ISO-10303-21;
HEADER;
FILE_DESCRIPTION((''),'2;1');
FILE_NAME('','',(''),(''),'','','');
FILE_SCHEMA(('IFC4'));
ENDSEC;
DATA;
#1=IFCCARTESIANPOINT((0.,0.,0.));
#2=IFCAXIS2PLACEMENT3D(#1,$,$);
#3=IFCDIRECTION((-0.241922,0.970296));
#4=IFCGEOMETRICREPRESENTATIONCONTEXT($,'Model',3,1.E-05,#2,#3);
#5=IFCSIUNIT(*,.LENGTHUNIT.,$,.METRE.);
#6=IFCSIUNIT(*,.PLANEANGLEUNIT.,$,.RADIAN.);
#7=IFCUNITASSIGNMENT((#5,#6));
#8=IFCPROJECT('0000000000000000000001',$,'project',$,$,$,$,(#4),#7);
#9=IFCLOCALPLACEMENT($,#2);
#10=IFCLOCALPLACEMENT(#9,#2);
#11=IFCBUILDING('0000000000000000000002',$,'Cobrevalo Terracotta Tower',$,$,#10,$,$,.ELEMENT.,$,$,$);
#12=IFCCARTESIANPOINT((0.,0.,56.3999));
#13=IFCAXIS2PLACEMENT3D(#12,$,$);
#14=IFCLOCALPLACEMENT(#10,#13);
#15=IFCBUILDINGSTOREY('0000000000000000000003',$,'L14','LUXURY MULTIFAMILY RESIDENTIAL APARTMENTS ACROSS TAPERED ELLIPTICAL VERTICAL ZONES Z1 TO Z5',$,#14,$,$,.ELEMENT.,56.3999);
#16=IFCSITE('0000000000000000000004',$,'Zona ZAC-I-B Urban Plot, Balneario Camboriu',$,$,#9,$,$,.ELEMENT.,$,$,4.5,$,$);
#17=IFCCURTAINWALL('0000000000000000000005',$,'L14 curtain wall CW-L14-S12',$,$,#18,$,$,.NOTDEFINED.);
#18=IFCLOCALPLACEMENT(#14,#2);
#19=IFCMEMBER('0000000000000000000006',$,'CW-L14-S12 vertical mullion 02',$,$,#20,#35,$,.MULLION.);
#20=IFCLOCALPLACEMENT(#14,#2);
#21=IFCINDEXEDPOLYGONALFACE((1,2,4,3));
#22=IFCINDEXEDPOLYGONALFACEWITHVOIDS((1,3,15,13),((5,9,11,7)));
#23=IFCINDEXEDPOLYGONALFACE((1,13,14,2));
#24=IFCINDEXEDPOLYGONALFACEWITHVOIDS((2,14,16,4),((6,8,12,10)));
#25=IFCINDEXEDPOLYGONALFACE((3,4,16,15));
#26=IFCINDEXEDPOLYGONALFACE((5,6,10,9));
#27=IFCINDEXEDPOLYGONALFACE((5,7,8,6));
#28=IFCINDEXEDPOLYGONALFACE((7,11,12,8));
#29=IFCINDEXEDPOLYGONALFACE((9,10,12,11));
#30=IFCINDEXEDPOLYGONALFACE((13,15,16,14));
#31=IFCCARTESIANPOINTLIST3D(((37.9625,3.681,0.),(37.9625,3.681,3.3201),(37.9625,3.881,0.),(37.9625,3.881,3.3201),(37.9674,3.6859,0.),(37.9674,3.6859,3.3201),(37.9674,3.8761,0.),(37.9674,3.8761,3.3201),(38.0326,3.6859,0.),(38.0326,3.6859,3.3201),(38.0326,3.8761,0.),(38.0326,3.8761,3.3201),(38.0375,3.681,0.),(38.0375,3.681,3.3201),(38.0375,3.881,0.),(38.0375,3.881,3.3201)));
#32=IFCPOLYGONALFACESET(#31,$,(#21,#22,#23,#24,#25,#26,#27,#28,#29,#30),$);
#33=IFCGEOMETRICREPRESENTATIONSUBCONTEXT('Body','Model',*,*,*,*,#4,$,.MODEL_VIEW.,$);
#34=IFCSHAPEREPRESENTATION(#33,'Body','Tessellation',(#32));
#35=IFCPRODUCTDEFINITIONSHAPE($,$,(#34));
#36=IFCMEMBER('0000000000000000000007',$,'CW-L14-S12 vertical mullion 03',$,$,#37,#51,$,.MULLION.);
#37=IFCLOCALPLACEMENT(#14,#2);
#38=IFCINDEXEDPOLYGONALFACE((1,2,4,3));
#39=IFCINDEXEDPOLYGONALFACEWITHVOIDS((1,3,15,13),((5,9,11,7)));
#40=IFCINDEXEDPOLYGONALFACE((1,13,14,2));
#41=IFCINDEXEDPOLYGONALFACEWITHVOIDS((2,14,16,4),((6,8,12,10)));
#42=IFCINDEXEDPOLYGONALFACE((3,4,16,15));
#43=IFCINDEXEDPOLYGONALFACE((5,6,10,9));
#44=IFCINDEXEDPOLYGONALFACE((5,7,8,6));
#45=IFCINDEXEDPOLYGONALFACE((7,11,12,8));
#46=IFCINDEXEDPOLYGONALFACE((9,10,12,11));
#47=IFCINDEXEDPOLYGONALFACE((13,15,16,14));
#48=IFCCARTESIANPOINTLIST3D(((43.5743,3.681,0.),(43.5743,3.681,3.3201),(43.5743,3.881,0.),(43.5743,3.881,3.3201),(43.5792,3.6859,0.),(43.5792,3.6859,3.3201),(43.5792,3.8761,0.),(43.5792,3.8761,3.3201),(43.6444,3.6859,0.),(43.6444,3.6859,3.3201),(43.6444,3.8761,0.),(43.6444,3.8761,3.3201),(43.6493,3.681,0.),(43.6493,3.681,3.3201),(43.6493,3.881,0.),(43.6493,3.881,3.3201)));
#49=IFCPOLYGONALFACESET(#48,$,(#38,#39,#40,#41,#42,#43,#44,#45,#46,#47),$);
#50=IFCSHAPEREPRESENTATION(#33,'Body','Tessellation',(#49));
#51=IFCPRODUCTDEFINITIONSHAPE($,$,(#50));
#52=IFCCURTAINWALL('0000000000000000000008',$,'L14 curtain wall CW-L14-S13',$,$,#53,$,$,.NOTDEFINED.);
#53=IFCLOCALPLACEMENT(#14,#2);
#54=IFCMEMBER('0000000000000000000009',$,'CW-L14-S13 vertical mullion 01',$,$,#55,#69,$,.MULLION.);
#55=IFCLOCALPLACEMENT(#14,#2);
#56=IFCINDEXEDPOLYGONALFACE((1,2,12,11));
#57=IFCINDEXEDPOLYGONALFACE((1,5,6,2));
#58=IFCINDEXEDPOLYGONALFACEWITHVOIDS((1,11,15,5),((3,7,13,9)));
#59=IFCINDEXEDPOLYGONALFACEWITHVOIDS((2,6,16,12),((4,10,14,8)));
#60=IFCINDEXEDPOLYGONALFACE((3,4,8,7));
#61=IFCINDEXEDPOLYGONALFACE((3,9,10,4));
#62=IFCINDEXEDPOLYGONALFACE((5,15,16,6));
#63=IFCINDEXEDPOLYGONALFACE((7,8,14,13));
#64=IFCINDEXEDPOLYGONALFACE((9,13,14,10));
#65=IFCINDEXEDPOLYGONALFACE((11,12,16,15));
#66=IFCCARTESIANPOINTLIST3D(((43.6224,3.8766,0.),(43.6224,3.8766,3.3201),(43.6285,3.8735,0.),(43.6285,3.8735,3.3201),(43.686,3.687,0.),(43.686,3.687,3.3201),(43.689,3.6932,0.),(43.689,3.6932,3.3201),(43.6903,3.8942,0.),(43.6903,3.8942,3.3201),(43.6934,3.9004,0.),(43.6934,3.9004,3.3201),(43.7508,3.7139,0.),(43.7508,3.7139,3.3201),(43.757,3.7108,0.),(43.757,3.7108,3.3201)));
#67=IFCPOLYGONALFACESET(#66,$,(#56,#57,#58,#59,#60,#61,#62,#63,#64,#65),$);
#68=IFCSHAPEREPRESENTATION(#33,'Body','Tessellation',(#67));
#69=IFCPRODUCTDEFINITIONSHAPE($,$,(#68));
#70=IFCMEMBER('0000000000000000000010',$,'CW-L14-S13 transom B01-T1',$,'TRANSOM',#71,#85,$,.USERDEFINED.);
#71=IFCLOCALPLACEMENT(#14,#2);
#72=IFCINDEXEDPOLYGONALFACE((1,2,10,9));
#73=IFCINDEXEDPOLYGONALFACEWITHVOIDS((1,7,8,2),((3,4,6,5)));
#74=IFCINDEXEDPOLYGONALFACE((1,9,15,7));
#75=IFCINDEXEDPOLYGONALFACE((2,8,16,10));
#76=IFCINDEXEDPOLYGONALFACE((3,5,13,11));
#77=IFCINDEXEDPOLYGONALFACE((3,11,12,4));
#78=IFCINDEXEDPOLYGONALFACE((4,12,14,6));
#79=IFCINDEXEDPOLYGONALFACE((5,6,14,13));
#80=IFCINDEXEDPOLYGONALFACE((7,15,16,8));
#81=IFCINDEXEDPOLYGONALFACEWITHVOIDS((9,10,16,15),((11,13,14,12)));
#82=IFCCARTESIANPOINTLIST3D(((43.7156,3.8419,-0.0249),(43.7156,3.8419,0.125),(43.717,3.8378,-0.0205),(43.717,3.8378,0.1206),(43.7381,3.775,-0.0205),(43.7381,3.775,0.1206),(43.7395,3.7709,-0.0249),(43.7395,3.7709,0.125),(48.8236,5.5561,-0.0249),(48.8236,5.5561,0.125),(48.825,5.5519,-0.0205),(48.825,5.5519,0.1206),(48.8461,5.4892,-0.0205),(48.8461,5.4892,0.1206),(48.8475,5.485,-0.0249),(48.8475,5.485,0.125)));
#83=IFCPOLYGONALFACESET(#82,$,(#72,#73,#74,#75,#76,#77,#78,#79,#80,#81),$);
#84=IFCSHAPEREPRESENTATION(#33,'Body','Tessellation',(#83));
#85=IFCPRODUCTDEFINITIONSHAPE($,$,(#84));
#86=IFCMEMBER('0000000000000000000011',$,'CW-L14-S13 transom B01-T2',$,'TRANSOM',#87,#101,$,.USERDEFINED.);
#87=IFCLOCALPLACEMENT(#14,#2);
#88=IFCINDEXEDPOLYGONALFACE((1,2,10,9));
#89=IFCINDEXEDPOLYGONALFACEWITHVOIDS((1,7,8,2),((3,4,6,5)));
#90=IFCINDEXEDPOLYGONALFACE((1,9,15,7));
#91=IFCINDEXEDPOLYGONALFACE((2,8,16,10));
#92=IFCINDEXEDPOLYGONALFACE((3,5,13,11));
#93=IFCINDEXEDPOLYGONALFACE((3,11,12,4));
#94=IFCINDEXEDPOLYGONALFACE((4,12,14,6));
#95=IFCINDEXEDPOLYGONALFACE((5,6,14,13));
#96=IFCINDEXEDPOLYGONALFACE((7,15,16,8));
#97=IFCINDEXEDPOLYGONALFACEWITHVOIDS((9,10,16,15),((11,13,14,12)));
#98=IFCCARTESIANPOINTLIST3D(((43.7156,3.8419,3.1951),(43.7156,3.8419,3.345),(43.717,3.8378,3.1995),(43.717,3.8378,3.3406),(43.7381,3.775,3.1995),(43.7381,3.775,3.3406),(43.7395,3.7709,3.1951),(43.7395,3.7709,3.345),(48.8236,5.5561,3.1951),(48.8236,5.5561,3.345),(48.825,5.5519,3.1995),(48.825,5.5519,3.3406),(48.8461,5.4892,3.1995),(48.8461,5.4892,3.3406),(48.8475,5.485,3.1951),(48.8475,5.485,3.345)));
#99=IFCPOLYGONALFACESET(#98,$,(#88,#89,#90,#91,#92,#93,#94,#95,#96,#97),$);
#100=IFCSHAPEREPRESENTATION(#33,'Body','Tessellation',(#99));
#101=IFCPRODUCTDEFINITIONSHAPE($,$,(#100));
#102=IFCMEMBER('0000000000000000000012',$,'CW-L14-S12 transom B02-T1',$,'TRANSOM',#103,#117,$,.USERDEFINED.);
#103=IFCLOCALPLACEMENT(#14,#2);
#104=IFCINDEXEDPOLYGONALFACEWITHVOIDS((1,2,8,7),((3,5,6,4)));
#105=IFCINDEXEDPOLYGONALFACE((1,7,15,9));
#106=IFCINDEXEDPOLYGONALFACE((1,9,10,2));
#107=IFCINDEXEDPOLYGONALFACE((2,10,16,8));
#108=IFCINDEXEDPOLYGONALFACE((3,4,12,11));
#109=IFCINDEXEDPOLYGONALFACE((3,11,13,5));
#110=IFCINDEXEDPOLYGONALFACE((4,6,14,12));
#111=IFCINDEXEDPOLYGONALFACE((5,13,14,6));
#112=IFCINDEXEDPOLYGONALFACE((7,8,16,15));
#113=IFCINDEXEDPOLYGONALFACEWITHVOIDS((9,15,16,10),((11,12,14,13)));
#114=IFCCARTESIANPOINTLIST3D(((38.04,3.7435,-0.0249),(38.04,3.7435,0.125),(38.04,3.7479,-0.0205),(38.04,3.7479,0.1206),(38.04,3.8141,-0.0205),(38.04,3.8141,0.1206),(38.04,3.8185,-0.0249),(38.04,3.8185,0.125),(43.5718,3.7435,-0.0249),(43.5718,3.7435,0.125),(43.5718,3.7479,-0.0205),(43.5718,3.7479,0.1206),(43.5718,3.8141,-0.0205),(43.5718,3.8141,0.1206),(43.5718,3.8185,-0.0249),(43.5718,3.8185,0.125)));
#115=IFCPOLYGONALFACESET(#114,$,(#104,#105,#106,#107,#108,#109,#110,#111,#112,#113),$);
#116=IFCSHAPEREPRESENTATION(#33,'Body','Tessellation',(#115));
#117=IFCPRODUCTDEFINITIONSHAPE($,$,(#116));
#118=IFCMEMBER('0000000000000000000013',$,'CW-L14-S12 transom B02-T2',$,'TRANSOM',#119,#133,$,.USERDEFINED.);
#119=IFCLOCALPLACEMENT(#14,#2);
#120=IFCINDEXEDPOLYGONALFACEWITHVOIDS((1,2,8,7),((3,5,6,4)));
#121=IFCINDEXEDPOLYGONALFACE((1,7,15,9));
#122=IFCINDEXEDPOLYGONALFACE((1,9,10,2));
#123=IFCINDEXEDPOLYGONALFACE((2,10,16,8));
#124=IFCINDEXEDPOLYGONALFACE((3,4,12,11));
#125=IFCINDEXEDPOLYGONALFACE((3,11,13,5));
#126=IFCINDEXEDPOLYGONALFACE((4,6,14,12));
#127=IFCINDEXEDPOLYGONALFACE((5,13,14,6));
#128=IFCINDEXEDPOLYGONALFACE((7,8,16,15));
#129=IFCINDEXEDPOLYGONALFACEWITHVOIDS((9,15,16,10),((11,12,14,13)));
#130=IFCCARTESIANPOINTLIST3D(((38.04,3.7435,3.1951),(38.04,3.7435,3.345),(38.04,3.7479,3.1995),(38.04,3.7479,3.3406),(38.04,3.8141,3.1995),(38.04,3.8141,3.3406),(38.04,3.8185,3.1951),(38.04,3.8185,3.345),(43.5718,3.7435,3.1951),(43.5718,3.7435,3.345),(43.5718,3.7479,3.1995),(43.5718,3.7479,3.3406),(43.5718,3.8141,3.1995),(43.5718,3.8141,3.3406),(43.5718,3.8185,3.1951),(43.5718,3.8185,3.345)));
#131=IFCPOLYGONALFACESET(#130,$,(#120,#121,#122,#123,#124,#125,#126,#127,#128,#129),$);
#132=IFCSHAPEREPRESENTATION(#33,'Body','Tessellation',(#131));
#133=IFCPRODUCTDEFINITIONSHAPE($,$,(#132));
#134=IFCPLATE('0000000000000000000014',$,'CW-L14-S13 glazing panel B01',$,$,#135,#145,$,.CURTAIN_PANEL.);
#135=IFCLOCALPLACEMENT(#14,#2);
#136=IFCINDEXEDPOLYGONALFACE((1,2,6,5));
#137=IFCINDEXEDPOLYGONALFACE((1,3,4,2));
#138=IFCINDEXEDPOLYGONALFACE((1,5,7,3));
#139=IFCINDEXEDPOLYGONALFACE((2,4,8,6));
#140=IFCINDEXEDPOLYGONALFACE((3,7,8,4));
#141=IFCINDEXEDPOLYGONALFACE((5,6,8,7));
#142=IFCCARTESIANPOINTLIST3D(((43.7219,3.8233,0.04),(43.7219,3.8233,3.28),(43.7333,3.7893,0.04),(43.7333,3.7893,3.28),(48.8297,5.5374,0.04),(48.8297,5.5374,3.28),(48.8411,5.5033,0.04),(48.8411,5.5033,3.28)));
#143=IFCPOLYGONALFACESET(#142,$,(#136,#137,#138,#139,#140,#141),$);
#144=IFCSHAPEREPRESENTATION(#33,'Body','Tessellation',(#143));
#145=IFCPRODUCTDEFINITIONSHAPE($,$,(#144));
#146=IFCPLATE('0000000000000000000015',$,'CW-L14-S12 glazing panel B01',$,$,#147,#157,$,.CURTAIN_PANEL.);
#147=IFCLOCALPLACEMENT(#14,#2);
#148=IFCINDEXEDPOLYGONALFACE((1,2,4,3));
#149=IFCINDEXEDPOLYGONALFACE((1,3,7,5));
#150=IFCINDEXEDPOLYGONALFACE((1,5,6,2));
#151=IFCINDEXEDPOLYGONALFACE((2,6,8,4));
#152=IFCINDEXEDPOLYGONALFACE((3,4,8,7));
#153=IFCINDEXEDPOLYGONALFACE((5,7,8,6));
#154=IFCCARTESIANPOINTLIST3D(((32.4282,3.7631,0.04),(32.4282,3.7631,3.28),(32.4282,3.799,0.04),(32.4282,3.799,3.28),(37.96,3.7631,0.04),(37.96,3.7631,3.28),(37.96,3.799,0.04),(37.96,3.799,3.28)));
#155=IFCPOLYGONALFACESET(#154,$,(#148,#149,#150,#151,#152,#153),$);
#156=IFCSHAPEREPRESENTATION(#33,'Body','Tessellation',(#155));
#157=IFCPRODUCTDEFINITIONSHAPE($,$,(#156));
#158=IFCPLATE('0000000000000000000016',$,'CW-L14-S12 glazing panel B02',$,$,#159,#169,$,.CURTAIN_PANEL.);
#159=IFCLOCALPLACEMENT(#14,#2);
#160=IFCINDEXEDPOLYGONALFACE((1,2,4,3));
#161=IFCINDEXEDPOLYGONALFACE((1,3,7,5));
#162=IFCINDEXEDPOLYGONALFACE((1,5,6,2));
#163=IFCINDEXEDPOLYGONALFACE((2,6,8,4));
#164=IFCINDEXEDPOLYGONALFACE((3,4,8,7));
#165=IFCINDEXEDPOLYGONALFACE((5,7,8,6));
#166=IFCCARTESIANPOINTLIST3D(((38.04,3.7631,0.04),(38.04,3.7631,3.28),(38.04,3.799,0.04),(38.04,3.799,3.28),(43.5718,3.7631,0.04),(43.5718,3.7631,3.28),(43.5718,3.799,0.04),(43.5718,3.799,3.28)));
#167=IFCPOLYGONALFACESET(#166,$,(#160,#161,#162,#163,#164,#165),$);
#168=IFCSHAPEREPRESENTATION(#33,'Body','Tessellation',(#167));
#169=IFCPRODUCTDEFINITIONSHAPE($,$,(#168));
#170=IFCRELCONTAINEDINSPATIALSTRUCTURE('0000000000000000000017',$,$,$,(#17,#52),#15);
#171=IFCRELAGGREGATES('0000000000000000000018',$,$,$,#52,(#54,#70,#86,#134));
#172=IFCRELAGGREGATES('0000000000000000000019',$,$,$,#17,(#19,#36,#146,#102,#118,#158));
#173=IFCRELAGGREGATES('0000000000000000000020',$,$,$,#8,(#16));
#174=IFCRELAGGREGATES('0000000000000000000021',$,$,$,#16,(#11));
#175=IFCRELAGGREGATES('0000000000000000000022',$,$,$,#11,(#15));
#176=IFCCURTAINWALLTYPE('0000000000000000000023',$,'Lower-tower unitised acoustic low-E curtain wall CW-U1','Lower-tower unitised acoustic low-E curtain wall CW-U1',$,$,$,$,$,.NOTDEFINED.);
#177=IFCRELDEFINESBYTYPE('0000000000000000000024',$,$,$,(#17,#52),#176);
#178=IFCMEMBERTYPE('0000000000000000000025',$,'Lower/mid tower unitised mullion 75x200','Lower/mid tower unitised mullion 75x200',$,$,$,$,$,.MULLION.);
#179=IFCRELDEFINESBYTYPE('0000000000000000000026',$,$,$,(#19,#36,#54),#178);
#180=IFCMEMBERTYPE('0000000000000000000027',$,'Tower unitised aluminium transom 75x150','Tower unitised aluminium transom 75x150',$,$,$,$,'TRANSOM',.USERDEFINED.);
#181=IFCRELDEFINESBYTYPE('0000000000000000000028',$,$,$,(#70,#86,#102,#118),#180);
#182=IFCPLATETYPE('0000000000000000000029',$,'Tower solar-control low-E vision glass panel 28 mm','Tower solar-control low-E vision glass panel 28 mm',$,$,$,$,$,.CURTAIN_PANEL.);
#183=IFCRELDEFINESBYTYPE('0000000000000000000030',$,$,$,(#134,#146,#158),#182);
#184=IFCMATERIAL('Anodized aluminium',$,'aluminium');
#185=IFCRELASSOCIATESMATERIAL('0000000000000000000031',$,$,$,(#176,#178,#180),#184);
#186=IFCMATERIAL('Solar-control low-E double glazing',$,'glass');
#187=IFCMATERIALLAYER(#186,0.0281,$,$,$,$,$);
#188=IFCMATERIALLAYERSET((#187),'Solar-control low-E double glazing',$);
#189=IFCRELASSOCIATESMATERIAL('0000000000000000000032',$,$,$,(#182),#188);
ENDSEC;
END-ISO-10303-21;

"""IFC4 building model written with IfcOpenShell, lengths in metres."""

from ifc_helpers import new_model, si_unit, direction, frame, origin, origin_2d, place, context, subcontext, project, spatial, rectangle, hollow_rectangle, extrude, source, transform, mapped, material, layer, layer_set, material_profile, profile_set, type_object, element, aggregate, save


model = new_model("IFC4")

# Units and contexts
model_context = context("Model", 3, precision=1e-05, world=origin(), true_north=direction((-0.241922, 0.970296)))
body_context = subcontext(model_context, "Body", "Model", "MODEL_VIEW")
ifc_project = project(units=[si_unit("LENGTHUNIT", "METRE"), si_unit("PLANEANGLEUNIT", "RADIAN")], contexts=[model_context])

# Site, building, storey
site_placement = place(None, origin())
site = spatial("IfcSite", under=ifc_project, at=site_placement, Name="Zona ZAC-I-B Urban Plot, Balneario Camboriu", CompositionType="ELEMENT", RefElevation=4.5)
building_placement = place(site_placement, origin())
building = spatial("IfcBuilding", under=site, at=building_placement, Name="Cobrevalo Terracotta Tower", CompositionType="ELEMENT")
storey_placement = place(building_placement, frame((0.0, 0.0, 56.3999)))
storey = spatial("IfcBuildingStorey", under=building, at=storey_placement, Name="L14", Description="LUXURY MULTIFAMILY RESIDENTIAL APARTMENTS ACROSS TAPERED ELLIPTICAL VERTICAL ZONES Z1 TO Z5", CompositionType="ELEMENT", Elevation=56.3999)

# Curtain walls, members
ifc_material_1 = material(Name="Anodized aluminium", Category="aluminium")
curtain_wall_type = type_object("IfcCurtainWallType", Name="Lower-tower unitised acoustic low-E curtain wall CW-U1", Description="Lower-tower unitised acoustic low-E curtain wall CW-U1", PredefinedType="NOTDEFINED", material=ifc_material_1)
curtain_wall_1_placement = place(storey_placement, origin())
curtain_wall_1 = element("IfcCurtainWall", 1, at=curtain_wall_1_placement, inside=storey, type_object=curtain_wall_type, Name="L14 curtain wall CW-L14-S12", PredefinedType="NOTDEFINED")
ifc_material_profile_1 = material_profile(ifc_material_1, hollow_rectangle(XDim=0.075, YDim=0.2, WallThickness=0.0049, at=origin_2d()), Name="CWM 75x200")
ifc_profile_set_1 = profile_set([ifc_material_profile_1], Name="Anodized aluminium")
member_type_1 = type_object("IfcMemberType", Name="Lower/mid tower unitised mullion 75x200", Description="Lower/mid tower unitised mullion 75x200", PredefinedType="MULLION", material=ifc_profile_set_1)
shared_shape_1 = source(origin(), body_context, "Body", "SweptSolid", [
    extrude(hollow_rectangle(XDim=0.075, YDim=0.2, WallThickness=0.0049, at=origin_2d()), origin(), (0.0, 0.0, 1.0), 3.3201),
])
member_1_placement = place(storey_placement, frame((38.0, 3.781, 0.0), z_axis=(0.0, 0.0, 1.0), x_axis=(1.0, 0.0, 0.0)))
member_1 = element("IfcMember", 2, at=member_1_placement, type_object=member_type_1, Name="CW-L14-S12 vertical mullion 02", PredefinedType="MULLION", context=body_context, shape_type="MappedRepresentation", body=[
    mapped(shared_shape_1, transform((0.0, 0.0, 0.0), scale=1.0)),
])
member_2_placement = place(storey_placement, frame((43.6118, 3.781, 0.0), z_axis=(0.0, 0.0, 1.0), x_axis=(1.0, 0.0, 0.0)))
member_2 = element("IfcMember", 3, at=member_2_placement, type_object=member_type_1, Name="CW-L14-S12 vertical mullion 03", PredefinedType="MULLION", context=body_context, shape_type="MappedRepresentation", body=[
    mapped(shared_shape_1, transform((0.0, 0.0, 0.0), scale=1.0)),
])
curtain_wall_2_placement = place(storey_placement, origin())
curtain_wall_2 = element("IfcCurtainWall", 4, at=curtain_wall_2_placement, inside=storey, type_object=curtain_wall_type, Name="L14 curtain wall CW-L14-S13", PredefinedType="NOTDEFINED")
member_3_placement = place(storey_placement, frame((43.6897, 3.7937, 0.0), z_axis=(0.0, 0.0, 1.0), x_axis=(0.948046, 0.318132, 0.0)))
member_3 = element("IfcMember", 5, at=member_3_placement, type_object=member_type_1, Name="CW-L14-S13 vertical mullion 01", PredefinedType="MULLION", context=body_context, shape_type="MappedRepresentation", body=[
    mapped(shared_shape_1, transform((0.0, 0.0, 0.0), scale=1.0)),
])
ifc_material_profile_2 = material_profile(ifc_material_1, hollow_rectangle(XDim=0.075, YDim=0.1499, WallThickness=0.0044, at=origin_2d()), Name="CWT 75x150")
ifc_profile_set_2 = profile_set([ifc_material_profile_2], Name="Anodized aluminium")
member_type_2 = type_object("IfcMemberType", Name="Tower unitised aluminium transom 75x150", Description="Tower unitised aluminium transom 75x150", ElementType="TRANSOM", PredefinedType="USERDEFINED", material=ifc_profile_set_2)
shared_shape_2 = source(origin(), body_context, "Body", "SweptSolid", [
    extrude(hollow_rectangle(XDim=0.075, YDim=0.1499, WallThickness=0.0044, at=origin_2d()), origin(), (0.0, 0.0, 1.0), 5.3879),
])
member_4_placement = place(storey_placement, frame((43.7275, 3.8064, 0.05), z_axis=(0.948042, 0.318144, 0.0), x_axis=(-0.318144, 0.948042, 0.0)))
member_4 = element("IfcMember", 6, at=member_4_placement, type_object=member_type_2, Name="CW-L14-S13 transom B01-T1", ObjectType="TRANSOM", PredefinedType="USERDEFINED", context=body_context, shape_type="MappedRepresentation", body=[
    mapped(shared_shape_2, transform((0.0, 0.0, 0.0), scale=1.0)),
])
member_5_placement = place(storey_placement, frame((43.7275, 3.8064, 3.27), z_axis=(0.948042, 0.318144, 0.0), x_axis=(-0.318144, 0.948042, 0.0)))
member_5 = element("IfcMember", 7, at=member_5_placement, type_object=member_type_2, Name="CW-L14-S13 transom B01-T2", ObjectType="TRANSOM", PredefinedType="USERDEFINED", context=body_context, shape_type="MappedRepresentation", body=[
    mapped(shared_shape_2, transform((0.0, 0.0, 0.0), scale=1.0)),
])

# Members
shared_shape_3 = source(origin(), body_context, "Body", "SweptSolid", [
    extrude(hollow_rectangle(XDim=0.075, YDim=0.1499, WallThickness=0.0044, at=origin_2d()), origin(), (0.0, 0.0, 1.0), 5.5317),
])
member_6_placement = place(storey_placement, frame((38.04, 3.781, 0.05), z_axis=(1.0, 0.0, 0.0), x_axis=(0.0, 1.0, 0.0)))
member_6 = element("IfcMember", 8, at=member_6_placement, type_object=member_type_2, Name="CW-L14-S12 transom B02-T1", ObjectType="TRANSOM", PredefinedType="USERDEFINED", context=body_context, shape_type="MappedRepresentation", body=[
    mapped(shared_shape_3, transform((0.0, 0.0, 0.0), scale=1.0)),
])
member_7_placement = place(storey_placement, frame((38.04, 3.781, 3.27), z_axis=(1.0, 0.0, 0.0), x_axis=(0.0, 1.0, 0.0)))
member_7 = element("IfcMember", 9, at=member_7_placement, type_object=member_type_2, Name="CW-L14-S12 transom B02-T2", ObjectType="TRANSOM", PredefinedType="USERDEFINED", context=body_context, shape_type="MappedRepresentation", body=[
    mapped(shared_shape_3, transform((0.0, 0.0, 0.0), scale=1.0)),
])

# Plates
ifc_material_2 = material(Name="Solar-control low-E double glazing", Category="glass")
ifc_layer_1 = layer(ifc_material_2, 0.0281)
ifc_layer_set_1 = layer_set([ifc_layer_1], Name="Solar-control low-E double glazing")
plate_type = type_object("IfcPlateType", Name="Tower solar-control low-E vision glass panel 28 mm", Description="Tower solar-control low-E vision glass panel 28 mm", PredefinedType="CURTAIN_PANEL", material=ifc_layer_set_1)
shared_shape_4 = source(origin(), body_context, "Body", "SweptSolid", [
    extrude(rectangle(XDim=5.3877, YDim=0.0359, at=origin_2d()), origin(), (0.0, 0.0, 1.0), 3.24),
])
plate_1_placement = place(storey_placement, frame((46.2815, 4.6633, 0.04), z_axis=(0.0, 0.0, 1.0), x_axis=(0.948044, 0.318139, 0.0)))
plate_1 = element("IfcPlate", 10, at=plate_1_placement, type_object=plate_type, Name="CW-L14-S13 glazing panel B01", PredefinedType="CURTAIN_PANEL", context=body_context, shape_type="MappedRepresentation", body=[
    mapped(shared_shape_4, transform((0.0, 0.0, 0.0), scale=1.0)),
])
aggregate(curtain_wall_2, [member_3, member_4, member_5, plate_1])
shared_shape_5 = source(origin(), body_context, "Body", "SweptSolid", [
    extrude(rectangle(XDim=5.5317, YDim=0.0359, at=origin_2d()), origin(), (0.0, 0.0, 1.0), 3.24),
])
plate_2_placement = place(storey_placement, frame((35.1941, 3.781, 0.04), z_axis=(0.0, 0.0, 1.0), x_axis=(1.0, 0.0, 0.0)))
plate_2 = element("IfcPlate", 11, at=plate_2_placement, type_object=plate_type, Name="CW-L14-S12 glazing panel B01", PredefinedType="CURTAIN_PANEL", context=body_context, shape_type="MappedRepresentation", body=[
    mapped(shared_shape_5, transform((0.0, 0.0, 0.0), scale=1.0)),
])
plate_3_placement = place(storey_placement, frame((40.8059, 3.781, 0.04), z_axis=(0.0, 0.0, 1.0), x_axis=(1.0, 0.0, 0.0)))
plate_3 = element("IfcPlate", 12, at=plate_3_placement, type_object=plate_type, Name="CW-L14-S12 glazing panel B02", PredefinedType="CURTAIN_PANEL", context=body_context, shape_type="MappedRepresentation", body=[
    mapped(shared_shape_5, transform((0.0, 0.0, 0.0), scale=1.0)),
])
aggregate(curtain_wall_1, [member_1, member_2, plate_2, member_6, member_7, plate_3])

save(model, "model.ifc")
